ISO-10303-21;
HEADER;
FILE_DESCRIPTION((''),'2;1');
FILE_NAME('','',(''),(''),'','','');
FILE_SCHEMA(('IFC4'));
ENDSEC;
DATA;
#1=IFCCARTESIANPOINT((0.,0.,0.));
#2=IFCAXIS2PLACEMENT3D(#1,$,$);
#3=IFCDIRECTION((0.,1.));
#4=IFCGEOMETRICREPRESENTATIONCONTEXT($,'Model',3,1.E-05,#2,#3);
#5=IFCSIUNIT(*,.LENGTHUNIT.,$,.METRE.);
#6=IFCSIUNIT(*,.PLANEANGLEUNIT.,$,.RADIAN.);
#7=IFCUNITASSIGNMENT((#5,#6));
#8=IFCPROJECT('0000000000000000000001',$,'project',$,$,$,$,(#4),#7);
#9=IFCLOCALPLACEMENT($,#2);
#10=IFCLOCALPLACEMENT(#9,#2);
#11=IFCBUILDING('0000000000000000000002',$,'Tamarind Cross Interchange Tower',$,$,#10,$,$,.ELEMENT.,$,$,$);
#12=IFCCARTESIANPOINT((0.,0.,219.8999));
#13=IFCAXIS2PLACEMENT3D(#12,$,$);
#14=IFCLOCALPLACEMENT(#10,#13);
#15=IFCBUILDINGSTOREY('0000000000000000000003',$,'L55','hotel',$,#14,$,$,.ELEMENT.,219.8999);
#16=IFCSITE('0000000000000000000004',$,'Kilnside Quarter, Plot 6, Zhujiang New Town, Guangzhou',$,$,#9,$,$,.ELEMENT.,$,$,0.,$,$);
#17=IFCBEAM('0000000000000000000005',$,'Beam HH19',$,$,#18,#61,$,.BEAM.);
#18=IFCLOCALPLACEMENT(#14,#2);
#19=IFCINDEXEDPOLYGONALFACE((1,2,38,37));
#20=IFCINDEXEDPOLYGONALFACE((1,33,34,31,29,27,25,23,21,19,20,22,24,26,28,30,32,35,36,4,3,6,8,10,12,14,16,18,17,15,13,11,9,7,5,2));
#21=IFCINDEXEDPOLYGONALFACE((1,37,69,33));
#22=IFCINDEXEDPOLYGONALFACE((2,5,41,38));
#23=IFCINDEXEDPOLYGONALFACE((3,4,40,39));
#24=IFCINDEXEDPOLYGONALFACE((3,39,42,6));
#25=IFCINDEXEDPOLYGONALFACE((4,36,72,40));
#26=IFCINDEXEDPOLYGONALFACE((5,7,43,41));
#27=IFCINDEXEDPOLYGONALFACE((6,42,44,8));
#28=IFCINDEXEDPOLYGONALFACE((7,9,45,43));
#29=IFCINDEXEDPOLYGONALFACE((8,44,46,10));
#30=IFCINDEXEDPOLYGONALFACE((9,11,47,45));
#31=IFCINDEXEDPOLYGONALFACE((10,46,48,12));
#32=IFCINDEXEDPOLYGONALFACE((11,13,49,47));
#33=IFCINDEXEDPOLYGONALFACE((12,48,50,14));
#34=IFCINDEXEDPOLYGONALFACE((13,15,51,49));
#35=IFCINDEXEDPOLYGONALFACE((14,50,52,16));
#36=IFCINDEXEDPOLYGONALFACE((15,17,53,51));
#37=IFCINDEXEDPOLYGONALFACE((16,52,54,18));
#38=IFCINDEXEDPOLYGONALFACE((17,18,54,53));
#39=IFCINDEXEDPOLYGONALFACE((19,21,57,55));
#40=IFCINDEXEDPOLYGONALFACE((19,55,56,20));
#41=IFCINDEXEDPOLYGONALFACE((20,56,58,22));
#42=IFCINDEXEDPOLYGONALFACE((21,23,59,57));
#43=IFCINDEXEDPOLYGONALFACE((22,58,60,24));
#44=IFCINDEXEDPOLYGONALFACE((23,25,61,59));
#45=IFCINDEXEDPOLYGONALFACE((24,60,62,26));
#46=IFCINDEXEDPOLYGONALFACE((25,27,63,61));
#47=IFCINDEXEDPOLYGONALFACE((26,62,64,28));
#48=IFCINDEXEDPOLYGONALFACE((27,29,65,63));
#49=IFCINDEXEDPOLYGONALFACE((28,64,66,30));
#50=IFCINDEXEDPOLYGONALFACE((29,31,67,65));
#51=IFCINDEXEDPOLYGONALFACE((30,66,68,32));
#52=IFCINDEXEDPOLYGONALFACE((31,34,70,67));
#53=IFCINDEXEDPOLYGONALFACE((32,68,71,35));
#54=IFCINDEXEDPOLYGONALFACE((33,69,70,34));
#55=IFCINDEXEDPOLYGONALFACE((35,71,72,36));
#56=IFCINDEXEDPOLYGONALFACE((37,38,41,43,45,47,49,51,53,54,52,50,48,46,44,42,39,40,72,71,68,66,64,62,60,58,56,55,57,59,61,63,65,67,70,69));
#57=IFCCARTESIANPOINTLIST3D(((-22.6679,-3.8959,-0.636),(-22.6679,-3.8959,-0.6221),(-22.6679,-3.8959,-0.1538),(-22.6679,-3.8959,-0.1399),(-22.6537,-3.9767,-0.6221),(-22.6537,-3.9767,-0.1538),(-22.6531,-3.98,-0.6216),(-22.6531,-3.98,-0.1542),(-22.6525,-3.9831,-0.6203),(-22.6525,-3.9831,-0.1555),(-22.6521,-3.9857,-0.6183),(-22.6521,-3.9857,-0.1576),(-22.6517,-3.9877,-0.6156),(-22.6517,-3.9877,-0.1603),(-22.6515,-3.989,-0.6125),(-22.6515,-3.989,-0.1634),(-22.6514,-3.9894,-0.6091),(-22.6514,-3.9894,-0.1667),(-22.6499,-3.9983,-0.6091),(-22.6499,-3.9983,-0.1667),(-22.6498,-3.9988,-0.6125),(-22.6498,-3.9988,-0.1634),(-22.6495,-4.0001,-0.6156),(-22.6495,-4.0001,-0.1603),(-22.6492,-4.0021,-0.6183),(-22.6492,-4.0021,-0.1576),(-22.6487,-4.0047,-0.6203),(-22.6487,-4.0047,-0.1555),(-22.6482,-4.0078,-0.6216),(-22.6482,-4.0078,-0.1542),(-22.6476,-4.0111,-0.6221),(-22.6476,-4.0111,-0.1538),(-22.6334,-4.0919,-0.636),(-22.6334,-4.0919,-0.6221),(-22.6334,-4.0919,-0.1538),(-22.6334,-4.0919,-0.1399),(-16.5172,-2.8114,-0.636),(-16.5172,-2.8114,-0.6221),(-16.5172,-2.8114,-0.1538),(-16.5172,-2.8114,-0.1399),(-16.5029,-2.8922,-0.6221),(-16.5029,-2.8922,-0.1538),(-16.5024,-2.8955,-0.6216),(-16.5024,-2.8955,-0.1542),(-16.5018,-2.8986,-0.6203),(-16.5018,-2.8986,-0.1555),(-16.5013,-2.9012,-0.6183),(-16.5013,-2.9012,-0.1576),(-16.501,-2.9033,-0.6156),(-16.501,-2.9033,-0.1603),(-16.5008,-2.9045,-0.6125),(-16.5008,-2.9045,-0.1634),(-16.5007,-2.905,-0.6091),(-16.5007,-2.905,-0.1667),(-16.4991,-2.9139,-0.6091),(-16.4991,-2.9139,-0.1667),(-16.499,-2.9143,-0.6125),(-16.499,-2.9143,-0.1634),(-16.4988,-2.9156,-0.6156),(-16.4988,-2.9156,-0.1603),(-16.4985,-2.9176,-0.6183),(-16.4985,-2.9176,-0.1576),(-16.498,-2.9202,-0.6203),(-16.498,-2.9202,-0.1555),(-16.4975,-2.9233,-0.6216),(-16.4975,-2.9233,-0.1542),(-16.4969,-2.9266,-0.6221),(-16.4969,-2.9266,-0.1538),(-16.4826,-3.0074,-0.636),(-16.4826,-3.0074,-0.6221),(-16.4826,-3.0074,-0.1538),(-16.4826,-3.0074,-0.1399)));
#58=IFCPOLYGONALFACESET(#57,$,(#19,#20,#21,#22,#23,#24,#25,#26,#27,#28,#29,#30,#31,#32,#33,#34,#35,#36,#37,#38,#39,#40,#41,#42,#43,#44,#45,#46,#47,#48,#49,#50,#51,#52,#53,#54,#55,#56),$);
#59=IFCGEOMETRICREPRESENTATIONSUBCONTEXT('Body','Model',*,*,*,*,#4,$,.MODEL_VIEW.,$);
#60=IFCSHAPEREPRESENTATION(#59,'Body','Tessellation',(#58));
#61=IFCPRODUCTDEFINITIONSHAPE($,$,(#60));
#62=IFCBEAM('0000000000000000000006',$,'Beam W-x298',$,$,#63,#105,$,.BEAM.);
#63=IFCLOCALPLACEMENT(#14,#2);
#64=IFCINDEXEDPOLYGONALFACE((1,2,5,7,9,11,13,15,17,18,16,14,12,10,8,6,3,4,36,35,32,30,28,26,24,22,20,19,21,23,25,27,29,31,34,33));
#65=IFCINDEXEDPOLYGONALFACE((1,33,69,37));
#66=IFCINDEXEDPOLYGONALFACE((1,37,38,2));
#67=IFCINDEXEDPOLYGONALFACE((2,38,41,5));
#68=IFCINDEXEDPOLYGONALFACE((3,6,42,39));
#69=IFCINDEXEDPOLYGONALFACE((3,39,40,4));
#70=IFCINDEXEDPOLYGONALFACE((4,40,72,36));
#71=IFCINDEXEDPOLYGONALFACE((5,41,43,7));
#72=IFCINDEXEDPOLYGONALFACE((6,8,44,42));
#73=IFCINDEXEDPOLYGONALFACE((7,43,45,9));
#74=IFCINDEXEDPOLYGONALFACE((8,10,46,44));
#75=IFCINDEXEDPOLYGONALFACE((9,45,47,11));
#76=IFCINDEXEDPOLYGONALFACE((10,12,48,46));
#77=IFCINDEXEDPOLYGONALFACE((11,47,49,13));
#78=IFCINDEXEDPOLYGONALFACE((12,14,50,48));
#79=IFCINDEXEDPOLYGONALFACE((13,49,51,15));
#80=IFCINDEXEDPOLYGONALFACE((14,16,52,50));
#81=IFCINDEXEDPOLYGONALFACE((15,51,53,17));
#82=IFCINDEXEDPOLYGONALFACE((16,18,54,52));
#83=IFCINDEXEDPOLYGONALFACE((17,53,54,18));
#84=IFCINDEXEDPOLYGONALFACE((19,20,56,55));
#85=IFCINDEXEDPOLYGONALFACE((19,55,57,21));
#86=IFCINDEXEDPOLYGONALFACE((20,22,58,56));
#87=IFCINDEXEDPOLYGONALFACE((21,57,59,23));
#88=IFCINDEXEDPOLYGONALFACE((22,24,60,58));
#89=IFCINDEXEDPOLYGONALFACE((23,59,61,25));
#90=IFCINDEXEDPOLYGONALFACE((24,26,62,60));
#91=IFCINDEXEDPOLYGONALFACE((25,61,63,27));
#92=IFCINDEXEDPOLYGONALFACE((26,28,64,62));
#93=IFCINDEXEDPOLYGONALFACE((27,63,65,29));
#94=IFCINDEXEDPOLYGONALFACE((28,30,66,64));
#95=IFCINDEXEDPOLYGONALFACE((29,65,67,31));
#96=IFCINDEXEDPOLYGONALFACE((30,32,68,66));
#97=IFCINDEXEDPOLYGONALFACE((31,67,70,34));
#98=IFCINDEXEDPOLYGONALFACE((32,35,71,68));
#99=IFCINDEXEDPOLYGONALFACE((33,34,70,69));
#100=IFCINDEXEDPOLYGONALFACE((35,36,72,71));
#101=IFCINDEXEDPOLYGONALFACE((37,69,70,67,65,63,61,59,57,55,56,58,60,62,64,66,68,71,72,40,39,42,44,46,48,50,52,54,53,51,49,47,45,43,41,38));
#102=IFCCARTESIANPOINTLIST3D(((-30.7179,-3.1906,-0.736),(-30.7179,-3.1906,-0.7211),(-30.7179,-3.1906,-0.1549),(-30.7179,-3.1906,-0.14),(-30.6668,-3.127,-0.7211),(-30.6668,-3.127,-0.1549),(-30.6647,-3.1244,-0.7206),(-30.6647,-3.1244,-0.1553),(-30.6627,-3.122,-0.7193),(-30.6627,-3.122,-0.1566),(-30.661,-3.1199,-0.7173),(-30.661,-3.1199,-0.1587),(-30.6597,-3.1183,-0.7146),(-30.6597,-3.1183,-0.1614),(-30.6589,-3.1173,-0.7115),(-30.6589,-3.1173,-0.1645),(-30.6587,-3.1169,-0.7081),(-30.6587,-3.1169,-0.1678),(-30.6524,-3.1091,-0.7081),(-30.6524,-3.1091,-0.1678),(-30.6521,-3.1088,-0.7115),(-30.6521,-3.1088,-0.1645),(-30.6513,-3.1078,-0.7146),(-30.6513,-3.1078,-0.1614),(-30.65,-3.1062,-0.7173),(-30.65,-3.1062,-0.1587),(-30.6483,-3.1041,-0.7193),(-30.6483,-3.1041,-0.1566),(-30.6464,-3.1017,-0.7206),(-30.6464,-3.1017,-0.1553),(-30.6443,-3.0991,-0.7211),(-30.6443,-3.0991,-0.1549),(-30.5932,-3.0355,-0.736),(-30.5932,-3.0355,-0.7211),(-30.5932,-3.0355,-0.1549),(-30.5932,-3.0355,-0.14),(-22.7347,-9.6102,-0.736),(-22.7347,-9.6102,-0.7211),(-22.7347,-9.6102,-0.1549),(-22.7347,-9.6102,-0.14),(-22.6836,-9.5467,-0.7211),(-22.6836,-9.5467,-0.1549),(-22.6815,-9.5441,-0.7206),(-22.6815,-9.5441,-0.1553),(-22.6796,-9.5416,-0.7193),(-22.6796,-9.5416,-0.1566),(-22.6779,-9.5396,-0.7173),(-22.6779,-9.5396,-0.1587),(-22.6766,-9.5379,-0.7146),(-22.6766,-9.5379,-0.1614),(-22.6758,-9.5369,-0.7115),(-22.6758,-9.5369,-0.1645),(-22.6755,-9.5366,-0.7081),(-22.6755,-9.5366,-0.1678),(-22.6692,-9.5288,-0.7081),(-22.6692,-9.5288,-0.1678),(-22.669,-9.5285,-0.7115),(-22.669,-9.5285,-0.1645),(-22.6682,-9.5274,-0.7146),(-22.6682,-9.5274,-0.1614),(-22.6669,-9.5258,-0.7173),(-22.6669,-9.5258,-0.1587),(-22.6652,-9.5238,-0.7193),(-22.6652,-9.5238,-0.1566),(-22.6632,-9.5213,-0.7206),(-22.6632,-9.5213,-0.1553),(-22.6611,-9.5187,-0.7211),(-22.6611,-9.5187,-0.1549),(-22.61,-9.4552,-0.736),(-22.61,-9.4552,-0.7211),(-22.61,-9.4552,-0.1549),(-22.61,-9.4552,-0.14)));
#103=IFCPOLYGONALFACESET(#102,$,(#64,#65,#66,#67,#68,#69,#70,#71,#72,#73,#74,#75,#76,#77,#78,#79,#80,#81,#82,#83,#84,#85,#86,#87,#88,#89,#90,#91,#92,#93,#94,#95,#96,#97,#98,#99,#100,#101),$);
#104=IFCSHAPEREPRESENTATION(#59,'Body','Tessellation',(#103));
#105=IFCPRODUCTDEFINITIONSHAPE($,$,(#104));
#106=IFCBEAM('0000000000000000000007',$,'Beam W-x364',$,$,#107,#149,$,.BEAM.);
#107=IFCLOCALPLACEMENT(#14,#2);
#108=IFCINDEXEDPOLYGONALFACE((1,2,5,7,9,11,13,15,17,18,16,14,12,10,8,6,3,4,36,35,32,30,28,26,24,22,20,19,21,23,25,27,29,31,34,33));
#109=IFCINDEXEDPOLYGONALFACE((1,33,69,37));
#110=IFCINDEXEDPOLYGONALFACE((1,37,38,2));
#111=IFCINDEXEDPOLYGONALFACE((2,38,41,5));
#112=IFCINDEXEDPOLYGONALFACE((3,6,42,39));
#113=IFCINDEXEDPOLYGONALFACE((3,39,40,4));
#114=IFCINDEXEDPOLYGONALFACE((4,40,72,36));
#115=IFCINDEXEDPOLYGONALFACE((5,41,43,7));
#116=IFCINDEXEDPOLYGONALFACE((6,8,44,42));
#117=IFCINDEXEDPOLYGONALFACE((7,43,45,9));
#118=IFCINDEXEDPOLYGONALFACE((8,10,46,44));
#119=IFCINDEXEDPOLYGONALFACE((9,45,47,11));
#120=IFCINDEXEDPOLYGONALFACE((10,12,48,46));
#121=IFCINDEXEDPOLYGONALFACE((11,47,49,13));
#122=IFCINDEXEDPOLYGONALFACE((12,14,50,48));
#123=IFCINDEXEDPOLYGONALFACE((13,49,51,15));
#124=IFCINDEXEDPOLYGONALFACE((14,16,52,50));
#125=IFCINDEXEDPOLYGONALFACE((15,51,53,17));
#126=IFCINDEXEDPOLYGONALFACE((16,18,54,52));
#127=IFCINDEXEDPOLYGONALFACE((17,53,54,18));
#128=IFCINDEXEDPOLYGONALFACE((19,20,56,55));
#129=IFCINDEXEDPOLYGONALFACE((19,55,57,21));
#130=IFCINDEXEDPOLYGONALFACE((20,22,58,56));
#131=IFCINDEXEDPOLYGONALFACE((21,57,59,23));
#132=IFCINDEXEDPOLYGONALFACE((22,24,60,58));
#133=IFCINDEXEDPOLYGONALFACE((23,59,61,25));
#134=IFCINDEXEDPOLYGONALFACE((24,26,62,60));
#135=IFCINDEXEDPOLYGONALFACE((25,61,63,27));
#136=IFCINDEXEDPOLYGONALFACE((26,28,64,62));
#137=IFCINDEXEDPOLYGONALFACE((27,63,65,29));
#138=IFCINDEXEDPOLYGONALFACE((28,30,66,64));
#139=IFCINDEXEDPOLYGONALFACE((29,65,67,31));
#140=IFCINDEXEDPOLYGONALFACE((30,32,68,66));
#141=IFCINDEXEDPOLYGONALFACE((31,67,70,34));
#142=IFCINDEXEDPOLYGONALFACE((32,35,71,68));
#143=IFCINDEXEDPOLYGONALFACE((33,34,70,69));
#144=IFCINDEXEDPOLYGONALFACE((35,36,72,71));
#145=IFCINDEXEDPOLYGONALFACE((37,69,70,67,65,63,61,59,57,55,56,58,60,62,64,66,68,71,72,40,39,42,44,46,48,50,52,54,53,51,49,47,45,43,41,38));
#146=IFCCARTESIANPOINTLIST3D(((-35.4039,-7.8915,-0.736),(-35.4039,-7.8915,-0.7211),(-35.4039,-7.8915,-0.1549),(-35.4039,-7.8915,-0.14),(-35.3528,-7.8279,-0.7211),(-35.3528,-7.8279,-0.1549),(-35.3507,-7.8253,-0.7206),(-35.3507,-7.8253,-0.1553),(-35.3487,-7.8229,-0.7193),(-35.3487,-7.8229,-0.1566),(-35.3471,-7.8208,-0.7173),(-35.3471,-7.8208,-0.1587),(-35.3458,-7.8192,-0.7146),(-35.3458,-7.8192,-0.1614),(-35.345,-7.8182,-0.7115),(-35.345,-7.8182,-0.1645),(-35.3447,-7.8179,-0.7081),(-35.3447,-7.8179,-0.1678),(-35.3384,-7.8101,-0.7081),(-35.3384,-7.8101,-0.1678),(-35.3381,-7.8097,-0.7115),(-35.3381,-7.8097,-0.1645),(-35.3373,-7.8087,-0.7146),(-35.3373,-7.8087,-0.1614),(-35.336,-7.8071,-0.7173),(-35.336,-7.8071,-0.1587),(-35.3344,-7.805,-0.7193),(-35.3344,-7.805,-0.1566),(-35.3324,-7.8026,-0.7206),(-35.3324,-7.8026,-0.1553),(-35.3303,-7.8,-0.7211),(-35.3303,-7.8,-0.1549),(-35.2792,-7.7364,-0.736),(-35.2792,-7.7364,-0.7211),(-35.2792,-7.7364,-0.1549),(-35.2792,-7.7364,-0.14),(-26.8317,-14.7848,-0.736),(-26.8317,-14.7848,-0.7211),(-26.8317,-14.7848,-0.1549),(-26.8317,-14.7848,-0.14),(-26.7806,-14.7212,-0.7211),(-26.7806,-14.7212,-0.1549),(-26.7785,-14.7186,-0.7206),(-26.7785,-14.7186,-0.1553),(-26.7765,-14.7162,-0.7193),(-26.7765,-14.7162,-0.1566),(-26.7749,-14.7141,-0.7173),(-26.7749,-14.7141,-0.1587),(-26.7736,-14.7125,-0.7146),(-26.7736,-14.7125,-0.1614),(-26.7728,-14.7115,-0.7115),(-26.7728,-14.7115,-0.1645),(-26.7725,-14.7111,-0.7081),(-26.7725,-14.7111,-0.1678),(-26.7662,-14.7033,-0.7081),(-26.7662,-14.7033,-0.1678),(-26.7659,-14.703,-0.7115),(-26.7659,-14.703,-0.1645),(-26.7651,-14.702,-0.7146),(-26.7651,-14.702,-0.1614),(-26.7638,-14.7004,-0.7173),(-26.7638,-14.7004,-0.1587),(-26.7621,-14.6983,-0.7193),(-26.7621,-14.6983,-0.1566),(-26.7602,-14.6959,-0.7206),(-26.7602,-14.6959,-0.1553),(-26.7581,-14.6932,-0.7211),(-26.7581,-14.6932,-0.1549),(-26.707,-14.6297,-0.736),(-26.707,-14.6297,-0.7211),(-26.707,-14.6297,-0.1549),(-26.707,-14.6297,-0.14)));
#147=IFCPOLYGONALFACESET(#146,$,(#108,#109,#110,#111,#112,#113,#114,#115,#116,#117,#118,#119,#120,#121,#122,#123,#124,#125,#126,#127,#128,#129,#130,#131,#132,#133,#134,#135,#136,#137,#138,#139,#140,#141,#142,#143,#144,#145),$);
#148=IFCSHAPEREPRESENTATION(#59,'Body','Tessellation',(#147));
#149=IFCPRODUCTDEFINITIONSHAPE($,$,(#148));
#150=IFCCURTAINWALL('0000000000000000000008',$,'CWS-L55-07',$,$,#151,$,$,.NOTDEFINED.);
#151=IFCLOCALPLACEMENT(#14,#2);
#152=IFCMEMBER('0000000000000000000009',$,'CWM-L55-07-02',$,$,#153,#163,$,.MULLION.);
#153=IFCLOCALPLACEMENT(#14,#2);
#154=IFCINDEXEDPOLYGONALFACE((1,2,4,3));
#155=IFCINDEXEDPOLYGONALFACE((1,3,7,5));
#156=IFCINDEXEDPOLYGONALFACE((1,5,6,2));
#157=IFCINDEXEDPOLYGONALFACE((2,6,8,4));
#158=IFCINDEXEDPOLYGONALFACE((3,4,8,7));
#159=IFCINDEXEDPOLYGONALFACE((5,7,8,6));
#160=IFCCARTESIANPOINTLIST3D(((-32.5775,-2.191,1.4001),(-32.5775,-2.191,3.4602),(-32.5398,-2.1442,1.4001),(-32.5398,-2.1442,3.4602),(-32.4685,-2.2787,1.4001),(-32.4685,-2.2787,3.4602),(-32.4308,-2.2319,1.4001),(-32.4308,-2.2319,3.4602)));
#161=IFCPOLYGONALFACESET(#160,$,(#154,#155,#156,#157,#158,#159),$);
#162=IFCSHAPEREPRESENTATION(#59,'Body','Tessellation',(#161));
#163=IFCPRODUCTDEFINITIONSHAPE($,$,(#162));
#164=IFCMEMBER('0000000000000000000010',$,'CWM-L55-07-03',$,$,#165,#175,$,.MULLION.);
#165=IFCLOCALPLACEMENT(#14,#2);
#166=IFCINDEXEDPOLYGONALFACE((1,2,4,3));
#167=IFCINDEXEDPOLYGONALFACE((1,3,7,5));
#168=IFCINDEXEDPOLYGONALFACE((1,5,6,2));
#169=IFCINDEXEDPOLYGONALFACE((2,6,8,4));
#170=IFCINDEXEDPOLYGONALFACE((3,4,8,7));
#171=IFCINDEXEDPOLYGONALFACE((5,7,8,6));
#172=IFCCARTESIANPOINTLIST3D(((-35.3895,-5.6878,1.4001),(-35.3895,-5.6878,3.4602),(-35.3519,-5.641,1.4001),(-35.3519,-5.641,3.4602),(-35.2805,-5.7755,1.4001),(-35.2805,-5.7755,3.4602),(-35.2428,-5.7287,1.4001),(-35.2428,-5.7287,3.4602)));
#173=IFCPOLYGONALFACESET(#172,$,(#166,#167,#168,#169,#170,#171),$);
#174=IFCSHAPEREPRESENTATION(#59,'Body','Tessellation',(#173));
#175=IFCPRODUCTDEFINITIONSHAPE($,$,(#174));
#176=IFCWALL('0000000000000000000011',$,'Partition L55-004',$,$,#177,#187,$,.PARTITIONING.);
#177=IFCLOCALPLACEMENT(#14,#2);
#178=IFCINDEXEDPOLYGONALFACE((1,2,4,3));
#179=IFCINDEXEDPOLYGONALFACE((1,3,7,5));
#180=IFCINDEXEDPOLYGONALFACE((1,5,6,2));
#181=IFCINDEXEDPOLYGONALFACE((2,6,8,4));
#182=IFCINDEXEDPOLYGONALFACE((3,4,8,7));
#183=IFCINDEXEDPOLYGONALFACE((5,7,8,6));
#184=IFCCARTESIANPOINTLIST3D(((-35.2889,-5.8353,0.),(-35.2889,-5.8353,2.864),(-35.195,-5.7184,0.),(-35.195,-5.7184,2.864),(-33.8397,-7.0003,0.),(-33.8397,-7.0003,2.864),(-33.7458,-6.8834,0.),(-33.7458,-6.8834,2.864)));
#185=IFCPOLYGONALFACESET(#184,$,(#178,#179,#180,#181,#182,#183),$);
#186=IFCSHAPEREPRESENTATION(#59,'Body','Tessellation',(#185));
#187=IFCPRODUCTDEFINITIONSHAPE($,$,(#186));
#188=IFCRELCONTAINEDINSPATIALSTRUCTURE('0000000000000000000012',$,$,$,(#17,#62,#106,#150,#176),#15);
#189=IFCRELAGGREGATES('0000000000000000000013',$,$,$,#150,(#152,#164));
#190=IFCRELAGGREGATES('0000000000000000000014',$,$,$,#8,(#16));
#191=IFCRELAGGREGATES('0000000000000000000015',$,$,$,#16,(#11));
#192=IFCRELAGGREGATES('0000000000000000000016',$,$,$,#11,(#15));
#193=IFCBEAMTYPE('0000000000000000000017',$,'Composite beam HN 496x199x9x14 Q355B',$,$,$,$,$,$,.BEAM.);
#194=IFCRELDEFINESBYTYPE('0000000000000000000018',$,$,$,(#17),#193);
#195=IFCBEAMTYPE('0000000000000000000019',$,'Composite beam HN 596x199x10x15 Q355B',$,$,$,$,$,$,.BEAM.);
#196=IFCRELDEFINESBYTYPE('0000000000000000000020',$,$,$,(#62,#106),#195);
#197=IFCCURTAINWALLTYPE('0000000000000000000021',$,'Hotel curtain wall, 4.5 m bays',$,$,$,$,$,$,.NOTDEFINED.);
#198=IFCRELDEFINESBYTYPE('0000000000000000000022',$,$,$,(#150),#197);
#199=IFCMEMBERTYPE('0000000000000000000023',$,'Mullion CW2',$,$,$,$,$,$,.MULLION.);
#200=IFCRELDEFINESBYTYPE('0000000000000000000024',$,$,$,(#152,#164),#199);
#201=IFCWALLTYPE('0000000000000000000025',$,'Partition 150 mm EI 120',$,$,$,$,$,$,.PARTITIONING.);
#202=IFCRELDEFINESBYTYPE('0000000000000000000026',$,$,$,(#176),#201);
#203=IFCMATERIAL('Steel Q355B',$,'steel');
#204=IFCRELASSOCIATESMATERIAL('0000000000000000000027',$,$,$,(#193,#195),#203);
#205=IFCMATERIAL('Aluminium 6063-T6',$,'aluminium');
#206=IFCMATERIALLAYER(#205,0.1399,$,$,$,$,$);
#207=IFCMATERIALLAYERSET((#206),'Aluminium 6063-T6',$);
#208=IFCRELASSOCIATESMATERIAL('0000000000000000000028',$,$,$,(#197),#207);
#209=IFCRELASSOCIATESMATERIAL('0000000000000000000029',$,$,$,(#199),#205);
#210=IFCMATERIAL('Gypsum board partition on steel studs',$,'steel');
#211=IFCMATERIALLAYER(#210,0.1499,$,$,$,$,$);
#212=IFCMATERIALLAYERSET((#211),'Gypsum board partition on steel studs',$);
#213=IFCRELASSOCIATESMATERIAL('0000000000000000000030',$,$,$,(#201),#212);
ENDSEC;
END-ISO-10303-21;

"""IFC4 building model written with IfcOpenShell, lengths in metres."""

from ifc_helpers import new_model, si_unit, direction, frame, frame_2d, origin, origin_2d, place, context, subcontext, project, spatial, rectangle, i_section, extrude, material, layer, layer_set, material_profile, profile_set, type_object, element, aggregate, save


model = new_model("IFC4")

# Units and contexts
model_context = context("Model", 3, precision=1e-05, world=origin(), true_north=direction((0.0, 1.0)))
body_context = subcontext(model_context, "Body", "Model", "MODEL_VIEW")
ifc_project = project(units=[si_unit("LENGTHUNIT", "METRE"), si_unit("PLANEANGLEUNIT", "RADIAN")], contexts=[model_context])

# Site, building, storey
site_placement = place(None, origin())
site = spatial("IfcSite", under=ifc_project, at=site_placement, Name="Kilnside Quarter, Plot 6, Zhujiang New Town, Guangzhou", CompositionType="ELEMENT", RefElevation=0.0)
building_placement = place(site_placement, origin())
building = spatial("IfcBuilding", under=site, at=building_placement, Name="Tamarind Cross Interchange Tower", CompositionType="ELEMENT")
storey_placement = place(building_placement, frame((0.0, 0.0, 219.8999)))
storey = spatial("IfcBuildingStorey", under=building, at=storey_placement, Name="L55", Description="hotel", CompositionType="ELEMENT", Elevation=219.8999)

# Beams
ifc_material_1 = material(Name="Steel Q355B", Category="steel")
ifc_material_profile_1 = material_profile(ifc_material_1, i_section(OverallWidth=0.199, OverallDepth=0.4961, WebThickness=0.009, FlangeThickness=0.0139, FilletRadius=0.0129, at=origin_2d()), Name="HN 496x199x9x14")
ifc_profile_set_1 = profile_set([ifc_material_profile_1], Name="Steel Q355B")
beam_type_1 = type_object("IfcBeamType", Name="Composite beam HN 496x199x9x14 Q355B", PredefinedType="BEAM", material=ifc_profile_set_1)
beam_1_placement = place(storey_placement, frame((-22.6506, -3.9939, -0.3879), z_axis=(0.984809, 0.17364, 0.0), x_axis=(-0.17364, 0.984809, 0.0)))
element("IfcBeam", 1, at=beam_1_placement, inside=storey, type_object=beam_type_1, Name="Beam HH19", PredefinedType="BEAM", context=body_context, shape_type="SweptSolid", body=[
    extrude(i_section(OverallWidth=0.199, OverallDepth=0.4961, WebThickness=0.009, FlangeThickness=0.0139, FilletRadius=0.0129, at=origin_2d()), origin(), (0.0, 0.0, 1.0), 6.2456),
])
ifc_material_profile_2 = material_profile(ifc_material_1, i_section(OverallWidth=0.199, OverallDepth=0.5959, WebThickness=0.01, FlangeThickness=0.0149, FilletRadius=0.0129, at=origin_2d()), Name="HN 596x199x10x15")
ifc_profile_set_2 = profile_set([ifc_material_profile_2], Name="Steel Q355B")
beam_type_2 = type_object("IfcBeamType", Name="Composite beam HN 596x199x10x15 Q355B", PredefinedType="BEAM", material=ifc_profile_set_2)
beam_2_placement = place(storey_placement, frame((-30.6555, -3.113, -0.438), z_axis=(0.779288, -0.626666, 0.0), x_axis=(0.626666, 0.779288, 0.0)))
element("IfcBeam", 2, at=beam_2_placement, inside=storey, type_object=beam_type_2, Name="Beam W-x298", PredefinedType="BEAM", context=body_context, shape_type="SweptSolid", body=[
    extrude(i_section(OverallWidth=0.199, OverallDepth=0.5959, WebThickness=0.01, FlangeThickness=0.0149, FilletRadius=0.0129, at=origin_2d()), origin(), (0.0, 0.0, 1.0), 10.2441),
])
beam_3_placement = place(storey_placement, frame((-35.3416, -7.814, -0.438), z_axis=(0.779292, -0.626661, 0.0), x_axis=(0.626661, 0.779292, 0.0)))
element("IfcBeam", 3, at=beam_3_placement, inside=storey, type_object=beam_type_2, Name="Beam W-x364", PredefinedType="BEAM", context=body_context, shape_type="SweptSolid", body=[
    extrude(i_section(OverallWidth=0.199, OverallDepth=0.5959, WebThickness=0.01, FlangeThickness=0.0149, FilletRadius=0.0129, at=origin_2d()), origin(), (0.0, 0.0, 1.0), 11.0),
])

# Curtain wall, members
ifc_material_2 = material(Name="Aluminium 6063-T6", Category="aluminium")
ifc_layer_1 = layer(ifc_material_2, 0.1399)
ifc_layer_set_1 = layer_set([ifc_layer_1], Name="Aluminium 6063-T6")
curtain_wall_type = type_object("IfcCurtainWallType", Name="Hotel curtain wall, 4.5 m bays", PredefinedType="NOTDEFINED", material=ifc_layer_set_1)
curtain_wall_placement = place(storey_placement, origin())
curtain_wall = element("IfcCurtainWall", 4, at=curtain_wall_placement, inside=storey, type_object=curtain_wall_type, Name="CWS-L55-07", PredefinedType="NOTDEFINED")
ifc_material_profile_3 = material_profile(ifc_material_2, rectangle(XDim=0.0601, YDim=0.1399, at=origin_2d()), Name="Mullion CW2")
ifc_profile_set_3 = profile_set([ifc_material_profile_3], Name="Aluminium 6063-T6")
member_type = type_object("IfcMemberType", Name="Mullion CW2", PredefinedType="MULLION", material=ifc_profile_set_3)
member_1_placement = place(storey_placement, frame((-32.5042, -2.2114, 1.4001), z_axis=(0.0, 0.0, 1.0), x_axis=(-0.626669, -0.779285, 0.0)))
member_1 = element("IfcMember", 5, at=member_1_placement, type_object=member_type, Name="CWM-L55-07-02", PredefinedType="MULLION", context=body_context, shape_type="SweptSolid", body=[
    extrude(rectangle(XDim=0.0601, YDim=0.1399, at=origin_2d()), origin(), (0.0, 0.0, 1.0), 2.0601),
])
member_2_placement = place(storey_placement, frame((-35.3162, -5.7083, 1.4001), z_axis=(0.0, 0.0, 1.0), x_axis=(-0.626669, -0.779285, 0.0)))
member_2 = element("IfcMember", 6, at=member_2_placement, type_object=member_type, Name="CWM-L55-07-03", PredefinedType="MULLION", context=body_context, shape_type="SweptSolid", body=[
    extrude(rectangle(XDim=0.0601, YDim=0.1399, at=origin_2d()), origin(), (0.0, 0.0, 1.0), 2.0601),
])
aggregate(curtain_wall, [member_1, member_2])

# Wall
ifc_material_3 = material(Name="Gypsum board partition on steel studs", Category="steel")
ifc_layer_2 = layer(ifc_material_3, 0.1499)
ifc_layer_set_2 = layer_set([ifc_layer_2], Name="Gypsum board partition on steel studs")
wall_type_1 = type_object("IfcWallType", Name="Partition 150 mm EI 120", PredefinedType="PARTITIONING", material=ifc_layer_set_2)
wall_1_placement = place(storey_placement, frame((-35.2419, -5.7769, 0.0), z_axis=(0.0, 0.0, 1.0), x_axis=(0.779381, -0.626551, 0.0)))
element("IfcWall", 7, at=wall_1_placement, inside=storey, type_object=wall_type_1, Name="Partition L55-004", PredefinedType="PARTITIONING", context=body_context, shape_type="SweptSolid", body=[
    extrude(rectangle(XDim=1.8594, YDim=0.1499, at=frame_2d((0.9297, 0.0))), origin(), (0.0, 0.0, 1.0), 2.864),
])

save(model, "model.ifc")
